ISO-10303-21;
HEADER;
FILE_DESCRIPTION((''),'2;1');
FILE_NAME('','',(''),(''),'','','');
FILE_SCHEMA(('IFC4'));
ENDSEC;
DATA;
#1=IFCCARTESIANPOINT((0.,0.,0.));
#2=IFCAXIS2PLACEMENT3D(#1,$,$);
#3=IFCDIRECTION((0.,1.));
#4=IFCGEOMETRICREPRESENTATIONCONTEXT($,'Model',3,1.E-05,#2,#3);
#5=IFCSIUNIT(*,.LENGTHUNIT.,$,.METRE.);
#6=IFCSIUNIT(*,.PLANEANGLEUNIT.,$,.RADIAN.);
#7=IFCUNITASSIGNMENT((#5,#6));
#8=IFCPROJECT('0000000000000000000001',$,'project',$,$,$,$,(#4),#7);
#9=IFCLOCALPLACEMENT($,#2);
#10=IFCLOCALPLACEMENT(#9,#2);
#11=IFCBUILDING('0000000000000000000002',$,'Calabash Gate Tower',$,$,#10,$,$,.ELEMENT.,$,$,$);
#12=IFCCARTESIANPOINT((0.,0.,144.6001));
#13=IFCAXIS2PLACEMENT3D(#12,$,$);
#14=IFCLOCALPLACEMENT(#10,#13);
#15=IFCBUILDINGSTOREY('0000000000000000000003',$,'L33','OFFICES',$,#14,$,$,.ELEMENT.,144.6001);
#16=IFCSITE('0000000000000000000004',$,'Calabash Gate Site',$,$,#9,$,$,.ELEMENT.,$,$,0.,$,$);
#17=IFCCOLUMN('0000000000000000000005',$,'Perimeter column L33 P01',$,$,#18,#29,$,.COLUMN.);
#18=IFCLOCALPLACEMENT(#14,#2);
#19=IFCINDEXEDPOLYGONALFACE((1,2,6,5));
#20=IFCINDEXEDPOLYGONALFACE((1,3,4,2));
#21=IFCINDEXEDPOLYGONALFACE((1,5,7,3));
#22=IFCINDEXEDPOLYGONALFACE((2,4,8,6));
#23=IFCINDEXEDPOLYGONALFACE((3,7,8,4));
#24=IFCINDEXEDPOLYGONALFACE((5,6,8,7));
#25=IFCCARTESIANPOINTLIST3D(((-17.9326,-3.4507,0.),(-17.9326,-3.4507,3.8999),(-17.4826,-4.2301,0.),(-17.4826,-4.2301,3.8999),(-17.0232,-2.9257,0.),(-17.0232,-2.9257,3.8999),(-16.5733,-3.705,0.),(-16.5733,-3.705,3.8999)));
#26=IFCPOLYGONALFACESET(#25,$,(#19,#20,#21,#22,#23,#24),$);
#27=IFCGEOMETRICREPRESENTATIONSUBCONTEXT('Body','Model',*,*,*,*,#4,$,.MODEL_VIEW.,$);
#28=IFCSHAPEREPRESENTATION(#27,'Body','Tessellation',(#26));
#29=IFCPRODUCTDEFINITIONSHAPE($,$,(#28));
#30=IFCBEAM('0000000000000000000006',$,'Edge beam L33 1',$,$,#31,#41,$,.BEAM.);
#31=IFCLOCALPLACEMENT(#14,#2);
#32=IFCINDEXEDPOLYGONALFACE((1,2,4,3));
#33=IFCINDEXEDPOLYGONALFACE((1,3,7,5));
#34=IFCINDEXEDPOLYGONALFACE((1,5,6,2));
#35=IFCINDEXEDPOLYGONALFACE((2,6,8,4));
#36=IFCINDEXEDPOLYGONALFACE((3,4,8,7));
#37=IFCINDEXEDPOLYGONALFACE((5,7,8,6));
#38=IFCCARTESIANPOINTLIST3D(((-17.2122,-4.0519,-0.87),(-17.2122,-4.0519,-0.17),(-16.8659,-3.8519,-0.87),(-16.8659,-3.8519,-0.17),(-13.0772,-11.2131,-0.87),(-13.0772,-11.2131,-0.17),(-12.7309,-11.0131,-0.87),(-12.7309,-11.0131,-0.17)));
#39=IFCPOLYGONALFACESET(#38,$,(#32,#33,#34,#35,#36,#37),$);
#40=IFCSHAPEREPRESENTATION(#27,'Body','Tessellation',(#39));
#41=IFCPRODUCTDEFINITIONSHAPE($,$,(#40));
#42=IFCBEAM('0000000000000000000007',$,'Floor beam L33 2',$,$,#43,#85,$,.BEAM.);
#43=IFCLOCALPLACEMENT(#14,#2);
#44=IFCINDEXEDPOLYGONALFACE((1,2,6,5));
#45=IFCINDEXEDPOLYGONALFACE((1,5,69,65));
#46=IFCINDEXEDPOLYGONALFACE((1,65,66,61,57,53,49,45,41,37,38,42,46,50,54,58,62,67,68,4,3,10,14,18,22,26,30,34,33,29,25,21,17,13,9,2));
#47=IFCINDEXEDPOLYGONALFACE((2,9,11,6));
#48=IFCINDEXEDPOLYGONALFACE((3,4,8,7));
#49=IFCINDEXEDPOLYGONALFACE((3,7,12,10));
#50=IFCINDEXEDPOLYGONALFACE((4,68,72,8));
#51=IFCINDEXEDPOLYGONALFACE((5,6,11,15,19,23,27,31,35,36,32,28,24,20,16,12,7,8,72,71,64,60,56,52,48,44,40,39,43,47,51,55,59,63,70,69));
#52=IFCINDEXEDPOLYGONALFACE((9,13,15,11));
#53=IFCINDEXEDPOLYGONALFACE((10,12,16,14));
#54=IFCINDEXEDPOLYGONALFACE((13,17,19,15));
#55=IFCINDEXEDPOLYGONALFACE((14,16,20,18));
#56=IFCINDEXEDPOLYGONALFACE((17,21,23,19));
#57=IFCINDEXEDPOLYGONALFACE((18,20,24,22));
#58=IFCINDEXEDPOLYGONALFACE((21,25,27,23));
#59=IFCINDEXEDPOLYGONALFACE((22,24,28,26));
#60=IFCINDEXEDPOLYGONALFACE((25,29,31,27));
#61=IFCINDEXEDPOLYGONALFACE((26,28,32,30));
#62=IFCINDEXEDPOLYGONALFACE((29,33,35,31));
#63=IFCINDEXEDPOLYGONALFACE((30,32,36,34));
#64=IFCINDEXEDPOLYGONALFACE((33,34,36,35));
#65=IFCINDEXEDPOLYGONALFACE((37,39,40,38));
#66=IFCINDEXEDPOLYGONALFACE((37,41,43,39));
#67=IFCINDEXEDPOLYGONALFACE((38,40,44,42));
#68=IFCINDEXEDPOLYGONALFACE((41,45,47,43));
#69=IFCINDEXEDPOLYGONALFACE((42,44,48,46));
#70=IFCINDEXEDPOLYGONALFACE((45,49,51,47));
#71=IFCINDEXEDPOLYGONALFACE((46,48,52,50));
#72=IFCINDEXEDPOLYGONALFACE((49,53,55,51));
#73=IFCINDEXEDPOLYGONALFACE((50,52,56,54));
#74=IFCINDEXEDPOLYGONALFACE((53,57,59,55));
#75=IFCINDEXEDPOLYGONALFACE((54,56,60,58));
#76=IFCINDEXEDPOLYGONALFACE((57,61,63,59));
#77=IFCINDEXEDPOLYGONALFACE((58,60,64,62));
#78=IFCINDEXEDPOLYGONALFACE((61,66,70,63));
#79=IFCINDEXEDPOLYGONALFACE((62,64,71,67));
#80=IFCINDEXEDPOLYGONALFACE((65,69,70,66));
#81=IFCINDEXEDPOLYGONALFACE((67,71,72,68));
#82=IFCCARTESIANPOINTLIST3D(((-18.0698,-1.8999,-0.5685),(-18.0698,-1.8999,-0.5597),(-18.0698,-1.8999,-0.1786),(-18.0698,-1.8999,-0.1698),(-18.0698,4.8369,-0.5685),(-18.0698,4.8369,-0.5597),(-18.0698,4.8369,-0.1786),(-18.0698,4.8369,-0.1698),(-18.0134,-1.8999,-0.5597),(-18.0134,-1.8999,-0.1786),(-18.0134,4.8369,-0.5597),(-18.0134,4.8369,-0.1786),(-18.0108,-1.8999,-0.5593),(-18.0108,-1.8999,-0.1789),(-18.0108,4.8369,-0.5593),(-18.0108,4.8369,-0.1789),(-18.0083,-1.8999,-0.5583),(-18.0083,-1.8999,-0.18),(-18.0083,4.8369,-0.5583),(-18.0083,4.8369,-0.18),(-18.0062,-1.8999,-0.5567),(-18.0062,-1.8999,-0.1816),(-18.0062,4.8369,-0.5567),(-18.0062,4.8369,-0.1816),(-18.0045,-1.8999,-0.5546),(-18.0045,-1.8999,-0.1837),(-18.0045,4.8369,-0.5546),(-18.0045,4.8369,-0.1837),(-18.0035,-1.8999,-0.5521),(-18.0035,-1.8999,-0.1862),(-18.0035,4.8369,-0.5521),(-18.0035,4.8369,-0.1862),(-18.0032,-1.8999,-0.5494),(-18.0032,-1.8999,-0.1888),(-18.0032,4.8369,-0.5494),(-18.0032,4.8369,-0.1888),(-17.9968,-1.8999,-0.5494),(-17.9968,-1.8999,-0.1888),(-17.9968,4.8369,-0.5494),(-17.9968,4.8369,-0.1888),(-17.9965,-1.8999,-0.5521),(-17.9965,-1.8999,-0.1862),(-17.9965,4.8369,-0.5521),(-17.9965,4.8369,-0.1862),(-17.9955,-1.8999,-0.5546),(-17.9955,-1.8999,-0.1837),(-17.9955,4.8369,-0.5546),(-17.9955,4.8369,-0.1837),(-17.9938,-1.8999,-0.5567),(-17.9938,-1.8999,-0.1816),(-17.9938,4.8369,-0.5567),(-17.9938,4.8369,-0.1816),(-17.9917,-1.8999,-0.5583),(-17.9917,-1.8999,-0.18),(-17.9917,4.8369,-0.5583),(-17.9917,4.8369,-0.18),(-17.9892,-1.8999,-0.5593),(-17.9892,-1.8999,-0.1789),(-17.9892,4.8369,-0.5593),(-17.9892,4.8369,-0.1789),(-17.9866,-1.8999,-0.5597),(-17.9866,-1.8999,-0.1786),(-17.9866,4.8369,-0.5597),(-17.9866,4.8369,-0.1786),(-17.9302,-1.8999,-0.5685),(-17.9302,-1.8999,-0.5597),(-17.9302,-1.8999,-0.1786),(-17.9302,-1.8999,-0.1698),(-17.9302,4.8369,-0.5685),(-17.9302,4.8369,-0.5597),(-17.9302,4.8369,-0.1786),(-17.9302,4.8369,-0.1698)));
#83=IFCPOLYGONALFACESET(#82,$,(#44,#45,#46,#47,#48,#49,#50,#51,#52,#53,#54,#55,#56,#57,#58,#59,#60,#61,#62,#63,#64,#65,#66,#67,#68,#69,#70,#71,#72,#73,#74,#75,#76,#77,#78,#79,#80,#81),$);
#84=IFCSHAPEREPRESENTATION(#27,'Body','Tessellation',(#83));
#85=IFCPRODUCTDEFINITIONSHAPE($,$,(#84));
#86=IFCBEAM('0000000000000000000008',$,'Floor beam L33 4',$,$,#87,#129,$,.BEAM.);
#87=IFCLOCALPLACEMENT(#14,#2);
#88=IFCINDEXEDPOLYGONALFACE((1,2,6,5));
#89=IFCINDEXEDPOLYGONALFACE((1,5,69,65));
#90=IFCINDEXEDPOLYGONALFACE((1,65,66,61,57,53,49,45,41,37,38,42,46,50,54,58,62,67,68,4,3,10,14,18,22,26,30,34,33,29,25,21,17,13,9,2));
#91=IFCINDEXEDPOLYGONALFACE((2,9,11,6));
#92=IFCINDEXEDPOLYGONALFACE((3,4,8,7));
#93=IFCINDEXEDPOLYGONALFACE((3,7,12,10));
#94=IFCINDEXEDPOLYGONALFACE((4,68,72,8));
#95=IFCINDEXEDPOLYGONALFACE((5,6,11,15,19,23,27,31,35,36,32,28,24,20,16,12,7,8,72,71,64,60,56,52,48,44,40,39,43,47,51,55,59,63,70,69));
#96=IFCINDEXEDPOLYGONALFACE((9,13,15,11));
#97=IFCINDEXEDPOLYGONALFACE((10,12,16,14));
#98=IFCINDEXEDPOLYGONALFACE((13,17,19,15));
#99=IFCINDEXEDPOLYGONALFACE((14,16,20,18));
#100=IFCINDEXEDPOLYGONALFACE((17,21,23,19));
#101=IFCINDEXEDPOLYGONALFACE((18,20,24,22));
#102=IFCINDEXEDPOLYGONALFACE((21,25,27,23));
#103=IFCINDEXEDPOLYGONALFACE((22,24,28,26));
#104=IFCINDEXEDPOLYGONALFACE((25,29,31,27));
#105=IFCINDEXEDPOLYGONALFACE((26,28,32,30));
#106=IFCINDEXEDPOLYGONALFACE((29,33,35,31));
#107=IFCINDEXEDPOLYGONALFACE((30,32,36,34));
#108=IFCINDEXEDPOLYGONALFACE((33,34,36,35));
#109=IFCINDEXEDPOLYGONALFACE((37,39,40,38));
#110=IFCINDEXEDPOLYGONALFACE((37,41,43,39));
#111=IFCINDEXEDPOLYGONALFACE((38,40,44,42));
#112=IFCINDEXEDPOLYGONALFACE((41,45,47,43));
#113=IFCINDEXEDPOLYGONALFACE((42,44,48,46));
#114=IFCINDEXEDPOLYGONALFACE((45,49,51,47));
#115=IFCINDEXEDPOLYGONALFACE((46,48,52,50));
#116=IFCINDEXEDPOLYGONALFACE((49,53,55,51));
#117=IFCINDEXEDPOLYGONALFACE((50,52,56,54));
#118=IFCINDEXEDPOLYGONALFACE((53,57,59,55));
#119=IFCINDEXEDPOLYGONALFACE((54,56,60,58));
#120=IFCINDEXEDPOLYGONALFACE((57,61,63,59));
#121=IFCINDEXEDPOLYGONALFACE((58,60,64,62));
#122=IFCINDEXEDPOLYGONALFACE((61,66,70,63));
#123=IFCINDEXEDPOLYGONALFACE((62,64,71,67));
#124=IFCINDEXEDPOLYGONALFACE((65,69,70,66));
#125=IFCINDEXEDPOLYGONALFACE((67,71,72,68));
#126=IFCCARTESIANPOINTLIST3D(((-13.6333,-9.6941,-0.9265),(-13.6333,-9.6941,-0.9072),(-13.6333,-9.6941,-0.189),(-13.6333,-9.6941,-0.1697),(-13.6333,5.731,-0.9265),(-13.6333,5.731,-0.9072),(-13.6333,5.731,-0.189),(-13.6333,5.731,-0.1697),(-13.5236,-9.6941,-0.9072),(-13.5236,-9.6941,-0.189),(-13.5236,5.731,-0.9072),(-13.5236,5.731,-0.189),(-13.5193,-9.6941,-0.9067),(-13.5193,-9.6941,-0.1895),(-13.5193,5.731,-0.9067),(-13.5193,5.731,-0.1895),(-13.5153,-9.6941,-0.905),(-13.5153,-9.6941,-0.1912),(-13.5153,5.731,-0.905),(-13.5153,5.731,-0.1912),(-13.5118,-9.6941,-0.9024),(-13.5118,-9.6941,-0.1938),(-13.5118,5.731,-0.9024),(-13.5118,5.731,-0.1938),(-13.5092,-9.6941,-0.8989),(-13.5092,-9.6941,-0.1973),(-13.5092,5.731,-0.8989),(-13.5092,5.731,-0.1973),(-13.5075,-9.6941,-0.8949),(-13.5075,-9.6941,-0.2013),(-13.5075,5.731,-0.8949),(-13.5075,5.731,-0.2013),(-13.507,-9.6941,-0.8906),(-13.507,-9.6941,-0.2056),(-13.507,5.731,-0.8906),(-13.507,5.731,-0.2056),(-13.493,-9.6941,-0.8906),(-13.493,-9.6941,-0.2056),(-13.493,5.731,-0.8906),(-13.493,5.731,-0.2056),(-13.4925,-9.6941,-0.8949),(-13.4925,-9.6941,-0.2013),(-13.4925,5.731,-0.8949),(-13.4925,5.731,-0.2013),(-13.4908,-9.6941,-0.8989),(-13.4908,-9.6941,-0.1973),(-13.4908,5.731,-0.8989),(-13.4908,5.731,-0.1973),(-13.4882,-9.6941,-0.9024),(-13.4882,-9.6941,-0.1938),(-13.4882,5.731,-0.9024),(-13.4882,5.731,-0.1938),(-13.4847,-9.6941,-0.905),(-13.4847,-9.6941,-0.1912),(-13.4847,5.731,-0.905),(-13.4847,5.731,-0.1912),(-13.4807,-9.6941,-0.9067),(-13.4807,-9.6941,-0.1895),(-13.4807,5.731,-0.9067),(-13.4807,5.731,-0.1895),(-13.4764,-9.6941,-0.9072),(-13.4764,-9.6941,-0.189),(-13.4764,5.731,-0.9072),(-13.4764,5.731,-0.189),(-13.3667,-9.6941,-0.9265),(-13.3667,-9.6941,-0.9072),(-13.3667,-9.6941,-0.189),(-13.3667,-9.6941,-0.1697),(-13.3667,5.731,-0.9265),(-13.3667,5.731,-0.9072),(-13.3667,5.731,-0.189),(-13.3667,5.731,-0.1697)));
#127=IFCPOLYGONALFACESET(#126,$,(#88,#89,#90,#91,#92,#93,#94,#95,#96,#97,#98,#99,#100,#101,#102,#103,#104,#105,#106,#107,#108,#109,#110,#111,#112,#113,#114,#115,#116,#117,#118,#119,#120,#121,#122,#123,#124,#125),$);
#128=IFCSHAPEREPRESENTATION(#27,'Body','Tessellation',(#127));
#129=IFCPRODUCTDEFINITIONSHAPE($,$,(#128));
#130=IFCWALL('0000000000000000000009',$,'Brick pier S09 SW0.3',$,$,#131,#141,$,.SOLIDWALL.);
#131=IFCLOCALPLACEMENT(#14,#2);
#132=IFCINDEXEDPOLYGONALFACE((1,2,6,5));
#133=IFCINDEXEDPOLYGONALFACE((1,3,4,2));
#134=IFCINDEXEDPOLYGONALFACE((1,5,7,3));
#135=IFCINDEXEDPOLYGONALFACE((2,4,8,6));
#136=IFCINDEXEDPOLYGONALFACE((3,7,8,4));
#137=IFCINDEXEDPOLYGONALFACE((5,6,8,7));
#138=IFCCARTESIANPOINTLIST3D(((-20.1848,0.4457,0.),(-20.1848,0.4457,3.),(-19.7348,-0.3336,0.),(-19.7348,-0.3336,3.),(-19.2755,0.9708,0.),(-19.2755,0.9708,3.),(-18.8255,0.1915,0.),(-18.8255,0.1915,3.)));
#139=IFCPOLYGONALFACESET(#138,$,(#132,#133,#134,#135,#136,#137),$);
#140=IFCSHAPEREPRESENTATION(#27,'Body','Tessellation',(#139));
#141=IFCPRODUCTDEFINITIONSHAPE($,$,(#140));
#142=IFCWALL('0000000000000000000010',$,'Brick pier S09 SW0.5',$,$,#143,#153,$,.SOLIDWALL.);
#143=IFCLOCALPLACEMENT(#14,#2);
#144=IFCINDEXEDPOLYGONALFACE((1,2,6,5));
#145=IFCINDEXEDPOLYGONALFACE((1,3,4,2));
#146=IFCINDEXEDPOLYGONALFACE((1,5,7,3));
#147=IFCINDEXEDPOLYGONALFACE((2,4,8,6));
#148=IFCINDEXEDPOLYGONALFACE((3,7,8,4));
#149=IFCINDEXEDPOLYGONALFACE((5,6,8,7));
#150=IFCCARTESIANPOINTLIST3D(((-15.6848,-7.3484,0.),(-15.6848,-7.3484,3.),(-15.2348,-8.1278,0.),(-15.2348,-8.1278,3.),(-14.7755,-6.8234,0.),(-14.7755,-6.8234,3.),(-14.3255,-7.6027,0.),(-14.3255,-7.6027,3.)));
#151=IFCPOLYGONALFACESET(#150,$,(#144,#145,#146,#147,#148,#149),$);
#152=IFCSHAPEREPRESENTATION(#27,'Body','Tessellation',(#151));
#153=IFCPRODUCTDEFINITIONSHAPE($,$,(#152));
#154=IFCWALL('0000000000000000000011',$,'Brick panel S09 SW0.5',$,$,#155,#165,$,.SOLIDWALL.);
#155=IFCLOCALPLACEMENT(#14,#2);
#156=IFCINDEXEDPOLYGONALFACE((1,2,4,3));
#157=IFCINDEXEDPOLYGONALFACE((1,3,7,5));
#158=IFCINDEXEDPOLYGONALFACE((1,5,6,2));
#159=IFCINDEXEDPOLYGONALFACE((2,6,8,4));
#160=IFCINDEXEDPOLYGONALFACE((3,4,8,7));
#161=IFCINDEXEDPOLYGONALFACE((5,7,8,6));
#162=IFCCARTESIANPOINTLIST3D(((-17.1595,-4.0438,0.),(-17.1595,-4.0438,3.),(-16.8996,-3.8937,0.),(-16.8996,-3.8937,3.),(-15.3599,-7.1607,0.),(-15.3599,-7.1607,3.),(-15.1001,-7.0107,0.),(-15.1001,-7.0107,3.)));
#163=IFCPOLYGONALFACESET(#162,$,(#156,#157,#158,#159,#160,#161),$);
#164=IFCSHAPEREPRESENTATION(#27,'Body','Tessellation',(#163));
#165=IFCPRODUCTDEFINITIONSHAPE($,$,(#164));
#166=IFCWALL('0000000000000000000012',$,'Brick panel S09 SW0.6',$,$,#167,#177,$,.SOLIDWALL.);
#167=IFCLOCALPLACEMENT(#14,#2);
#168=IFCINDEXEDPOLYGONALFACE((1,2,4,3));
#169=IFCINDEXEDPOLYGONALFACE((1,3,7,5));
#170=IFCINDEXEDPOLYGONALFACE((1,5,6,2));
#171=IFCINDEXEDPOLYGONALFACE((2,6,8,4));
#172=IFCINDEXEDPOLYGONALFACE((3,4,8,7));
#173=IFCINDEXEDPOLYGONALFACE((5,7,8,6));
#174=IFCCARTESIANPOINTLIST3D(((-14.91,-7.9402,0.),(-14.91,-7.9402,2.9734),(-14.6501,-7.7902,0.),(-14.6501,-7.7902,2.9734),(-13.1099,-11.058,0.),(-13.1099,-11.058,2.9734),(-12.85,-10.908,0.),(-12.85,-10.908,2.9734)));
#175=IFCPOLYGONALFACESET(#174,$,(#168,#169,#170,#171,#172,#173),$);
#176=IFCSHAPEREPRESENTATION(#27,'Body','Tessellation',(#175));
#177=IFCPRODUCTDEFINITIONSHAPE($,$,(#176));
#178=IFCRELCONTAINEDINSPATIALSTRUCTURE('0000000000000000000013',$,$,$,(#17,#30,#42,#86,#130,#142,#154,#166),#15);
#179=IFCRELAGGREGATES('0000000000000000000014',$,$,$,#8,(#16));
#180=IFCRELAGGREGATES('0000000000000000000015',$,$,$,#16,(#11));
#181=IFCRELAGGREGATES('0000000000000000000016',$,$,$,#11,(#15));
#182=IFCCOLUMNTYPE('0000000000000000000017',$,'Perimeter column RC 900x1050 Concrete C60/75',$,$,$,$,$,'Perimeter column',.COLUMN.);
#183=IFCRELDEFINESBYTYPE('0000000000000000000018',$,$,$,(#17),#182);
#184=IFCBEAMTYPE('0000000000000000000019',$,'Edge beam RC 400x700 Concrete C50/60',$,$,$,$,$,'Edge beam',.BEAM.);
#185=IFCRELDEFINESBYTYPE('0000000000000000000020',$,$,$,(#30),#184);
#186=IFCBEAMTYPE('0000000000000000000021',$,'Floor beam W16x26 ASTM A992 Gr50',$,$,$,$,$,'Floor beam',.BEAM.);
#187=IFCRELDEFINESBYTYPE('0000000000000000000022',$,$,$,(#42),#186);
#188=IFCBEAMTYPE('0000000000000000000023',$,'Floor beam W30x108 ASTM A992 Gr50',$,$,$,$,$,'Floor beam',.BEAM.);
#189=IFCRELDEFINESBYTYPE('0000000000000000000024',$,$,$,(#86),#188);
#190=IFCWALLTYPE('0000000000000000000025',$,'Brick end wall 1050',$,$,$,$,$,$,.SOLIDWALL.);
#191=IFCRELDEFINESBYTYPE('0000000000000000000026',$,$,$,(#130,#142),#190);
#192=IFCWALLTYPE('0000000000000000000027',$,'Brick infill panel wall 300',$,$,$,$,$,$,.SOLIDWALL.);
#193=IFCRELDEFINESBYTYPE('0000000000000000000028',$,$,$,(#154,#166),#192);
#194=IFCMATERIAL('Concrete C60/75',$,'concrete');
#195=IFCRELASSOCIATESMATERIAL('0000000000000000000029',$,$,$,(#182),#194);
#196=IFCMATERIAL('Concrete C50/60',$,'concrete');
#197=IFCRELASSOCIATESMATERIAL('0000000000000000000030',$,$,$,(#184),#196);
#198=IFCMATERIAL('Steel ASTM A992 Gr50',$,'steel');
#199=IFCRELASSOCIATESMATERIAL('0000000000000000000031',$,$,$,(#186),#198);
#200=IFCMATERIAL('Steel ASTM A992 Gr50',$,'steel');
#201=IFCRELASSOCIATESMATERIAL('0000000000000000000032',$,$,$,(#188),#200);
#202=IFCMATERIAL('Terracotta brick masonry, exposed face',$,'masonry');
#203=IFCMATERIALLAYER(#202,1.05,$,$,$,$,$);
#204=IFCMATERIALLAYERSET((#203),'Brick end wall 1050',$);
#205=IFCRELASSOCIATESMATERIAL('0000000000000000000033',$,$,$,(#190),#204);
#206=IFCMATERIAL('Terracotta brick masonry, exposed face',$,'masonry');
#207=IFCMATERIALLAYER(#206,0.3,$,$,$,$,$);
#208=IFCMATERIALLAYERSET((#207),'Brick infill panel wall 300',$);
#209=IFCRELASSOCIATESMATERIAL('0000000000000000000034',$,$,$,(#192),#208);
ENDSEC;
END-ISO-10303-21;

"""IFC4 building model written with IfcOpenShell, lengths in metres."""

from ifc_helpers import new_model, si_unit, direction, frame, frame_2d, origin, origin_2d, place, context, subcontext, project, spatial, rectangle, i_section, extrude, material, layer, layer_set, material_profile, profile_set, type_object, element, save


model = new_model("IFC4")

# Units and contexts
model_context = context("Model", 3, precision=1e-05, world=origin(), true_north=direction((0.0, 1.0)))
body_context = subcontext(model_context, "Body", "Model", "MODEL_VIEW")
ifc_project = project(units=[si_unit("LENGTHUNIT", "METRE"), si_unit("PLANEANGLEUNIT", "RADIAN")], contexts=[model_context])

# Site, building, storey
site_placement = place(None, origin())
site = spatial("IfcSite", under=ifc_project, at=site_placement, Name="Calabash Gate Site", CompositionType="ELEMENT", RefElevation=0.0)
building_placement = place(site_placement, origin())
building = spatial("IfcBuilding", under=site, at=building_placement, Name="Calabash Gate Tower", CompositionType="ELEMENT")
storey_placement = place(building_placement, frame((0.0, 0.0, 144.6001)))
storey = spatial("IfcBuildingStorey", under=building, at=storey_placement, Name="L33", Description="OFFICES", CompositionType="ELEMENT", Elevation=144.6001)

# Column
ifc_material_1 = material(Name="Concrete C60/75", Category="concrete")
ifc_material_profile_1 = material_profile(ifc_material_1, rectangle(XDim=0.8999, YDim=1.05, at=origin_2d()))
ifc_profile_set_1 = profile_set([ifc_material_profile_1], Name="Concrete C60/75")
column_type = type_object("IfcColumnType", Name="Perimeter column RC 900x1050 Concrete C60/75", ElementType="Perimeter column", PredefinedType="COLUMN", material=ifc_profile_set_1)
column_placement = place(storey_placement, frame((-17.2529, -3.5779, 0.0), z_axis=(0.0, 0.0, 1.0), x_axis=(0.5, -0.866025, 0.0)))
element("IfcColumn", 1, at=column_placement, inside=storey, type_object=column_type, Name="Perimeter column L33 P01", PredefinedType="COLUMN", context=body_context, shape_type="SweptSolid", body=[
    extrude(rectangle(XDim=0.8999, YDim=1.05, at=origin_2d()), origin(), (0.0, 0.0, 1.0), 3.8999),
])

# Beams
ifc_material_2 = material(Name="Concrete C50/60", Category="concrete")
ifc_material_profile_2 = material_profile(ifc_material_2, rectangle(XDim=0.3999, YDim=0.7, at=origin_2d()))
ifc_profile_set_2 = profile_set([ifc_material_profile_2], Name="Concrete C50/60")
beam_type_1 = type_object("IfcBeamType", Name="Edge beam RC 400x700 Concrete C50/60", ElementType="Edge beam", PredefinedType="BEAM", material=ifc_profile_set_2)
beam_1_placement = place(storey_placement, frame((-17.0391, -3.9519, -0.52), z_axis=(0.500048, -0.865998, 0.0), x_axis=(0.865998, 0.500048, 0.0)))
element("IfcBeam", 2, at=beam_1_placement, inside=storey, type_object=beam_type_1, Name="Edge beam L33 1", PredefinedType="BEAM", context=body_context, shape_type="SweptSolid", body=[
    extrude(rectangle(XDim=0.3999, YDim=0.7, at=origin_2d()), origin(), (0.0, 0.0, 1.0), 8.2693),
])
ifc_material_3 = material(Name="Steel ASTM A992 Gr50", Category="steel")
ifc_material_profile_3 = material_profile(ifc_material_3, i_section(OverallWidth=0.1396, OverallDepth=0.3987, WebThickness=0.0063, FlangeThickness=0.0088, FilletRadius=0.0103, at=origin_2d()))
ifc_profile_set_3 = profile_set([ifc_material_profile_3], Name="Steel ASTM A992 Gr50")
beam_type_2 = type_object("IfcBeamType", Name="Floor beam W16x26 ASTM A992 Gr50", ElementType="Floor beam", PredefinedType="BEAM", material=ifc_profile_set_3)
beam_2_placement = place(storey_placement, frame((-18.0, -1.8999, -0.3691), z_axis=(0.0, 1.0, 0.0), x_axis=(-1.0, 0.0, 0.0)))
element("IfcBeam", 3, at=beam_2_placement, inside=storey, type_object=beam_type_2, Name="Floor beam L33 2", PredefinedType="BEAM", context=body_context, shape_type="SweptSolid", body=[
    extrude(i_section(OverallWidth=0.1396, OverallDepth=0.3987, WebThickness=0.0063, FlangeThickness=0.0088, FilletRadius=0.0103, at=origin_2d()), origin(), (0.0, 0.0, 1.0), 6.7368),
])
ifc_material_4 = material(Name="Steel ASTM A992 Gr50", Category="steel")
ifc_material_profile_4 = material_profile(ifc_material_4, i_section(OverallWidth=0.2666, OverallDepth=0.7568, WebThickness=0.0139, FlangeThickness=0.0193, FilletRadius=0.0166, at=origin_2d()))
ifc_profile_set_4 = profile_set([ifc_material_profile_4], Name="Steel ASTM A992 Gr50")
beam_type_3 = type_object("IfcBeamType", Name="Floor beam W30x108 ASTM A992 Gr50", ElementType="Floor beam", PredefinedType="BEAM", material=ifc_profile_set_4)
beam_3_placement = place(storey_placement, frame((-13.5, -9.6941, -0.5481), z_axis=(0.0, 1.0, 0.0), x_axis=(-1.0, 0.0, 0.0)))
element("IfcBeam", 4, at=beam_3_placement, inside=storey, type_object=beam_type_3, Name="Floor beam L33 4", PredefinedType="BEAM", context=body_context, shape_type="SweptSolid", body=[
    extrude(i_section(OverallWidth=0.2666, OverallDepth=0.7568, WebThickness=0.0139, FlangeThickness=0.0193, FilletRadius=0.0166, at=origin_2d()), origin(), (0.0, 0.0, 1.0), 15.425),
])

# Walls
ifc_material_5 = material(Name="Terracotta brick masonry, exposed face", Category="masonry")
ifc_layer_1 = layer(ifc_material_5, 1.05)
ifc_layer_set_1 = layer_set([ifc_layer_1], Name="Brick end wall 1050")
wall_type_1 = type_object("IfcWallType", Name="Brick end wall 1050", PredefinedType="SOLIDWALL", material=ifc_layer_set_1)
for number, where, z_axis, x_axis, name in (
    (5, (-19.9597, 0.0562, 0.0), (0.0, 0.0, 1.0), (0.865988, 0.500065, 0.0), "Brick pier S09 SW0.3"),
    (6, (-15.4597, -7.738, 0.0), (0.0, 0.0, 1.0), (0.865988, 0.500065, 0.0), "Brick pier S09 SW0.5"),
):
    element("IfcWall", number, at=place(storey_placement, frame(where, z_axis=z_axis, x_axis=x_axis)), inside=storey, type_object=wall_type_1, Name=name, PredefinedType="SOLIDWALL", context=body_context, shape_type="SweptSolid", body=[
        extrude(rectangle(XDim=1.05, YDim=0.8999, at=frame_2d((0.5249, 0.0))), origin(), (0.0, 0.0, 1.0), 3.0),
    ])
ifc_material_6 = material(Name="Terracotta brick masonry, exposed face", Category="masonry")
ifc_layer_2 = layer(ifc_material_6, 0.3)
ifc_layer_set_2 = layer_set([ifc_layer_2], Name="Brick infill panel wall 300")
wall_type_2 = type_object("IfcWallType", Name="Brick infill panel wall 300", PredefinedType="SOLIDWALL", material=ifc_layer_set_2)
wall_1_placement = place(storey_placement, frame((-15.23, -7.0857, 0.0), z_axis=(0.0, 0.0, 1.0), x_axis=(-0.499998, 0.866026, 0.0)))
element("IfcWall", 7, at=wall_1_placement, inside=storey, type_object=wall_type_2, Name="Brick panel S09 SW0.5", PredefinedType="SOLIDWALL", context=body_context, shape_type="SweptSolid", body=[
    extrude(rectangle(XDim=3.5991, YDim=0.3, at=frame_2d((1.7996, 0.0))), origin(), (0.0, 0.0, 1.0), 3.0),
])
wall_2_placement = place(storey_placement, frame((-14.78, -7.8652, 0.0), z_axis=(0.0, 0.0, 1.0), x_axis=(0.500012, -0.866018, 0.0)))
element("IfcWall", 8, at=wall_2_placement, inside=storey, type_object=wall_type_2, Name="Brick panel S09 SW0.6", PredefinedType="SOLIDWALL", context=body_context, shape_type="SweptSolid", body=[
    extrude(rectangle(XDim=3.6001, YDim=0.3, at=frame_2d((1.8, 0.0))), origin(), (0.0, 0.0, 1.0), 2.9734),
])

save(model, "model.ifc")
